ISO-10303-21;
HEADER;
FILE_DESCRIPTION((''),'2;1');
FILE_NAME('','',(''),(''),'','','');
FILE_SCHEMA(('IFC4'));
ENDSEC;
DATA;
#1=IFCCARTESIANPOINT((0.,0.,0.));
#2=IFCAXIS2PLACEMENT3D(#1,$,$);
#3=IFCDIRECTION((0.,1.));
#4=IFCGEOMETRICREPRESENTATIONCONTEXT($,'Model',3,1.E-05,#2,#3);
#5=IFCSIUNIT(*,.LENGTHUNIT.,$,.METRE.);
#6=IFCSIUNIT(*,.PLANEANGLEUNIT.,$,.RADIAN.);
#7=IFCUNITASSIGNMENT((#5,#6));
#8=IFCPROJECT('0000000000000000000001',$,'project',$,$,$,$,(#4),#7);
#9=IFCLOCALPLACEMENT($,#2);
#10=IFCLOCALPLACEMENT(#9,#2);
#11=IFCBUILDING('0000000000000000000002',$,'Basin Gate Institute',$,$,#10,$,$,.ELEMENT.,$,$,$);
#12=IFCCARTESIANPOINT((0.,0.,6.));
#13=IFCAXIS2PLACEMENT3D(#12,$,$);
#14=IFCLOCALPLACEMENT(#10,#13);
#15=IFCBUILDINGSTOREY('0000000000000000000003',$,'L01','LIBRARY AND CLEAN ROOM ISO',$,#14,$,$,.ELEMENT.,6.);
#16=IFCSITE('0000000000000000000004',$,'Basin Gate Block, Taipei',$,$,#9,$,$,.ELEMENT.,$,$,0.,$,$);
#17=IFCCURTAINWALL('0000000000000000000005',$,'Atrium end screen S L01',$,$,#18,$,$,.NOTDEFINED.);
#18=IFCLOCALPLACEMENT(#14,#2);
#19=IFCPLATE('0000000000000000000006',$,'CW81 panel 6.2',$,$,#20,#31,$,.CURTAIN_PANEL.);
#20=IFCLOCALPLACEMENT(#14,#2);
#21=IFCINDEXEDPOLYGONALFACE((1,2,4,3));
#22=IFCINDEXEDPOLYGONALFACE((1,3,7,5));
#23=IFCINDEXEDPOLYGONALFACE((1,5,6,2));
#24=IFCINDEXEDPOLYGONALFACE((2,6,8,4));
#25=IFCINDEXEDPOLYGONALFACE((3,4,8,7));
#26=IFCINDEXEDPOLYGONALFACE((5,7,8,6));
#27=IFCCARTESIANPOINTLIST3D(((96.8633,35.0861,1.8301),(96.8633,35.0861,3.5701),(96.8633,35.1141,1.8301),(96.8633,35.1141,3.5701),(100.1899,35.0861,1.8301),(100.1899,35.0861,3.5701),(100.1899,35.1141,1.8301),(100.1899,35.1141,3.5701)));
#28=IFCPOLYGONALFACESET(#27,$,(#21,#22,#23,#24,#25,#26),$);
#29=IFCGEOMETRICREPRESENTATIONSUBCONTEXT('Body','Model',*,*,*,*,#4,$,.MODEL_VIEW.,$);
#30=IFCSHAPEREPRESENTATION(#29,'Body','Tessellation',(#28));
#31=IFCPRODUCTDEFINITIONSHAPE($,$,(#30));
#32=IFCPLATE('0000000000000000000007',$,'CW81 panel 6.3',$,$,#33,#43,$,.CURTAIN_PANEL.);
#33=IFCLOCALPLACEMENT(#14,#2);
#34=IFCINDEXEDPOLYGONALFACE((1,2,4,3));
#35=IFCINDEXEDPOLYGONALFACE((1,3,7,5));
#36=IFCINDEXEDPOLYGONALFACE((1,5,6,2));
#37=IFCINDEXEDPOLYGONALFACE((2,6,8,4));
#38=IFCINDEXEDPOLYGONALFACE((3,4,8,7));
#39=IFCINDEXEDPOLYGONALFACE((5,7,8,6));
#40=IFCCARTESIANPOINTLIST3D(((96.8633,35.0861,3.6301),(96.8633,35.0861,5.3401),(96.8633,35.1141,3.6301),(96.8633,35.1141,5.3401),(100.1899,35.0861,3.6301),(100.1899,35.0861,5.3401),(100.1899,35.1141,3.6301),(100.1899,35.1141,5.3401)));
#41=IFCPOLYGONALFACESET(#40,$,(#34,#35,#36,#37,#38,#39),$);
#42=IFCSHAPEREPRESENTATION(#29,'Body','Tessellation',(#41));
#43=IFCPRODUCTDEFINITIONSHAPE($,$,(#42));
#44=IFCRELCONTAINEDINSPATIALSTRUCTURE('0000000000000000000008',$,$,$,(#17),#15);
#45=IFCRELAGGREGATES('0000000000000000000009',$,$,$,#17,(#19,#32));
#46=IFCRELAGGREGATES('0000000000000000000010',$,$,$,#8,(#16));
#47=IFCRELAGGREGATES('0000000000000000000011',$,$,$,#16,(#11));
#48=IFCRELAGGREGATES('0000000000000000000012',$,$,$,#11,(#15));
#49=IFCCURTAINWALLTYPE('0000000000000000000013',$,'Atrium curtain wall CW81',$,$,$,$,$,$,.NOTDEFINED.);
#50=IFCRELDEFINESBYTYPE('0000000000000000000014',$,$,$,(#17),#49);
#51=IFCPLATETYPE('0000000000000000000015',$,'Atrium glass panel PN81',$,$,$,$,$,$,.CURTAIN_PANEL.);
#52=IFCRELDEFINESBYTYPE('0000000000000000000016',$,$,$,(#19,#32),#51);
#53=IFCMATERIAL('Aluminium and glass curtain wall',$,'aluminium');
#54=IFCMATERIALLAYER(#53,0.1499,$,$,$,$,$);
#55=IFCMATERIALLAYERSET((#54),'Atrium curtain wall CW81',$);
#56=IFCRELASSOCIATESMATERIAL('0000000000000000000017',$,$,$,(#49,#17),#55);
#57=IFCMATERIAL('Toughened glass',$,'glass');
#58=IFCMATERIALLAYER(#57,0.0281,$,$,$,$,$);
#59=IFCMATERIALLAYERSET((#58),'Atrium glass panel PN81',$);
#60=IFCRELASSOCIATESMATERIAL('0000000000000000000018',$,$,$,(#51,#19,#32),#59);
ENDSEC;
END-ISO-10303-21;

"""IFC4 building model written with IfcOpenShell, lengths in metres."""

from ifc_helpers import new_model, si_unit, direction, frame, origin, origin_2d, place, context, subcontext, project, spatial, rectangle, extrude, material, layer, layer_set, type_object, element, aggregate, save


model = new_model("IFC4")

# Units and contexts
model_context = context("Model", 3, precision=1e-05, world=origin(), true_north=direction((0.0, 1.0)))
body_context = subcontext(model_context, "Body", "Model", "MODEL_VIEW")
ifc_project = project(units=[si_unit("LENGTHUNIT", "METRE"), si_unit("PLANEANGLEUNIT", "RADIAN")], contexts=[model_context])

# Site, building, storey
site_placement = place(None, origin())
site = spatial("IfcSite", under=ifc_project, at=site_placement, Name="Basin Gate Block, Taipei", CompositionType="ELEMENT", RefElevation=0.0)
building_placement = place(site_placement, origin())
building = spatial("IfcBuilding", under=site, at=building_placement, Name="Basin Gate Institute", CompositionType="ELEMENT")
storey_placement = place(building_placement, frame((0.0, 0.0, 6.0)))
storey = spatial("IfcBuildingStorey", under=building, at=storey_placement, Name="L01", Description="LIBRARY AND CLEAN ROOM ISO", CompositionType="ELEMENT", Elevation=6.0)

# Curtain wall, plates
ifc_material_1 = material(Name="Aluminium and glass curtain wall", Category="aluminium")
ifc_layer_1 = layer(ifc_material_1, 0.1499)
ifc_layer_set_1 = layer_set([ifc_layer_1], Name="Atrium curtain wall CW81")
curtain_wall_type = type_object("IfcCurtainWallType", Name="Atrium curtain wall CW81", PredefinedType="NOTDEFINED", material=ifc_layer_set_1)
curtain_wall_placement = place(storey_placement, origin())
curtain_wall = element("IfcCurtainWall", 1, at=curtain_wall_placement, inside=storey, type_object=curtain_wall_type, material=ifc_layer_set_1, Name="Atrium end screen S L01", PredefinedType="NOTDEFINED")
ifc_material_2 = material(Name="Toughened glass", Category="glass")
ifc_layer_2 = layer(ifc_material_2, 0.0281)
ifc_layer_set_2 = layer_set([ifc_layer_2], Name="Atrium glass panel PN81")
plate_type = type_object("IfcPlateType", Name="Atrium glass panel PN81", PredefinedType="CURTAIN_PANEL", material=ifc_layer_set_2)
plate_1_placement = place(storey_placement, frame((98.5266, 35.1001, 1.8301), z_axis=(0.0, 0.0, 1.0), x_axis=(1.0, 0.0, 0.0)))
plate_1 = element("IfcPlate", 2, at=plate_1_placement, type_object=plate_type, material=ifc_layer_set_2, Name="CW81 panel 6.2", PredefinedType="CURTAIN_PANEL", context=body_context, shape_type="SweptSolid", body=[
    extrude(rectangle(XDim=3.3267, YDim=0.0281, at=origin_2d()), origin(), (0.0, 0.0, 1.0), 1.74),
])
plate_2_placement = place(storey_placement, frame((98.5266, 35.1001, 3.6301), z_axis=(0.0, 0.0, 1.0), x_axis=(1.0, 0.0, 0.0)))
plate_2 = element("IfcPlate", 3, at=plate_2_placement, type_object=plate_type, material=ifc_layer_set_2, Name="CW81 panel 6.3", PredefinedType="CURTAIN_PANEL", context=body_context, shape_type="SweptSolid", body=[
    extrude(rectangle(XDim=3.3267, YDim=0.0281, at=origin_2d()), origin(), (0.0, 0.0, 1.0), 1.71),
])
aggregate(curtain_wall, [plate_1, plate_2])

save(model, "model.ifc")
